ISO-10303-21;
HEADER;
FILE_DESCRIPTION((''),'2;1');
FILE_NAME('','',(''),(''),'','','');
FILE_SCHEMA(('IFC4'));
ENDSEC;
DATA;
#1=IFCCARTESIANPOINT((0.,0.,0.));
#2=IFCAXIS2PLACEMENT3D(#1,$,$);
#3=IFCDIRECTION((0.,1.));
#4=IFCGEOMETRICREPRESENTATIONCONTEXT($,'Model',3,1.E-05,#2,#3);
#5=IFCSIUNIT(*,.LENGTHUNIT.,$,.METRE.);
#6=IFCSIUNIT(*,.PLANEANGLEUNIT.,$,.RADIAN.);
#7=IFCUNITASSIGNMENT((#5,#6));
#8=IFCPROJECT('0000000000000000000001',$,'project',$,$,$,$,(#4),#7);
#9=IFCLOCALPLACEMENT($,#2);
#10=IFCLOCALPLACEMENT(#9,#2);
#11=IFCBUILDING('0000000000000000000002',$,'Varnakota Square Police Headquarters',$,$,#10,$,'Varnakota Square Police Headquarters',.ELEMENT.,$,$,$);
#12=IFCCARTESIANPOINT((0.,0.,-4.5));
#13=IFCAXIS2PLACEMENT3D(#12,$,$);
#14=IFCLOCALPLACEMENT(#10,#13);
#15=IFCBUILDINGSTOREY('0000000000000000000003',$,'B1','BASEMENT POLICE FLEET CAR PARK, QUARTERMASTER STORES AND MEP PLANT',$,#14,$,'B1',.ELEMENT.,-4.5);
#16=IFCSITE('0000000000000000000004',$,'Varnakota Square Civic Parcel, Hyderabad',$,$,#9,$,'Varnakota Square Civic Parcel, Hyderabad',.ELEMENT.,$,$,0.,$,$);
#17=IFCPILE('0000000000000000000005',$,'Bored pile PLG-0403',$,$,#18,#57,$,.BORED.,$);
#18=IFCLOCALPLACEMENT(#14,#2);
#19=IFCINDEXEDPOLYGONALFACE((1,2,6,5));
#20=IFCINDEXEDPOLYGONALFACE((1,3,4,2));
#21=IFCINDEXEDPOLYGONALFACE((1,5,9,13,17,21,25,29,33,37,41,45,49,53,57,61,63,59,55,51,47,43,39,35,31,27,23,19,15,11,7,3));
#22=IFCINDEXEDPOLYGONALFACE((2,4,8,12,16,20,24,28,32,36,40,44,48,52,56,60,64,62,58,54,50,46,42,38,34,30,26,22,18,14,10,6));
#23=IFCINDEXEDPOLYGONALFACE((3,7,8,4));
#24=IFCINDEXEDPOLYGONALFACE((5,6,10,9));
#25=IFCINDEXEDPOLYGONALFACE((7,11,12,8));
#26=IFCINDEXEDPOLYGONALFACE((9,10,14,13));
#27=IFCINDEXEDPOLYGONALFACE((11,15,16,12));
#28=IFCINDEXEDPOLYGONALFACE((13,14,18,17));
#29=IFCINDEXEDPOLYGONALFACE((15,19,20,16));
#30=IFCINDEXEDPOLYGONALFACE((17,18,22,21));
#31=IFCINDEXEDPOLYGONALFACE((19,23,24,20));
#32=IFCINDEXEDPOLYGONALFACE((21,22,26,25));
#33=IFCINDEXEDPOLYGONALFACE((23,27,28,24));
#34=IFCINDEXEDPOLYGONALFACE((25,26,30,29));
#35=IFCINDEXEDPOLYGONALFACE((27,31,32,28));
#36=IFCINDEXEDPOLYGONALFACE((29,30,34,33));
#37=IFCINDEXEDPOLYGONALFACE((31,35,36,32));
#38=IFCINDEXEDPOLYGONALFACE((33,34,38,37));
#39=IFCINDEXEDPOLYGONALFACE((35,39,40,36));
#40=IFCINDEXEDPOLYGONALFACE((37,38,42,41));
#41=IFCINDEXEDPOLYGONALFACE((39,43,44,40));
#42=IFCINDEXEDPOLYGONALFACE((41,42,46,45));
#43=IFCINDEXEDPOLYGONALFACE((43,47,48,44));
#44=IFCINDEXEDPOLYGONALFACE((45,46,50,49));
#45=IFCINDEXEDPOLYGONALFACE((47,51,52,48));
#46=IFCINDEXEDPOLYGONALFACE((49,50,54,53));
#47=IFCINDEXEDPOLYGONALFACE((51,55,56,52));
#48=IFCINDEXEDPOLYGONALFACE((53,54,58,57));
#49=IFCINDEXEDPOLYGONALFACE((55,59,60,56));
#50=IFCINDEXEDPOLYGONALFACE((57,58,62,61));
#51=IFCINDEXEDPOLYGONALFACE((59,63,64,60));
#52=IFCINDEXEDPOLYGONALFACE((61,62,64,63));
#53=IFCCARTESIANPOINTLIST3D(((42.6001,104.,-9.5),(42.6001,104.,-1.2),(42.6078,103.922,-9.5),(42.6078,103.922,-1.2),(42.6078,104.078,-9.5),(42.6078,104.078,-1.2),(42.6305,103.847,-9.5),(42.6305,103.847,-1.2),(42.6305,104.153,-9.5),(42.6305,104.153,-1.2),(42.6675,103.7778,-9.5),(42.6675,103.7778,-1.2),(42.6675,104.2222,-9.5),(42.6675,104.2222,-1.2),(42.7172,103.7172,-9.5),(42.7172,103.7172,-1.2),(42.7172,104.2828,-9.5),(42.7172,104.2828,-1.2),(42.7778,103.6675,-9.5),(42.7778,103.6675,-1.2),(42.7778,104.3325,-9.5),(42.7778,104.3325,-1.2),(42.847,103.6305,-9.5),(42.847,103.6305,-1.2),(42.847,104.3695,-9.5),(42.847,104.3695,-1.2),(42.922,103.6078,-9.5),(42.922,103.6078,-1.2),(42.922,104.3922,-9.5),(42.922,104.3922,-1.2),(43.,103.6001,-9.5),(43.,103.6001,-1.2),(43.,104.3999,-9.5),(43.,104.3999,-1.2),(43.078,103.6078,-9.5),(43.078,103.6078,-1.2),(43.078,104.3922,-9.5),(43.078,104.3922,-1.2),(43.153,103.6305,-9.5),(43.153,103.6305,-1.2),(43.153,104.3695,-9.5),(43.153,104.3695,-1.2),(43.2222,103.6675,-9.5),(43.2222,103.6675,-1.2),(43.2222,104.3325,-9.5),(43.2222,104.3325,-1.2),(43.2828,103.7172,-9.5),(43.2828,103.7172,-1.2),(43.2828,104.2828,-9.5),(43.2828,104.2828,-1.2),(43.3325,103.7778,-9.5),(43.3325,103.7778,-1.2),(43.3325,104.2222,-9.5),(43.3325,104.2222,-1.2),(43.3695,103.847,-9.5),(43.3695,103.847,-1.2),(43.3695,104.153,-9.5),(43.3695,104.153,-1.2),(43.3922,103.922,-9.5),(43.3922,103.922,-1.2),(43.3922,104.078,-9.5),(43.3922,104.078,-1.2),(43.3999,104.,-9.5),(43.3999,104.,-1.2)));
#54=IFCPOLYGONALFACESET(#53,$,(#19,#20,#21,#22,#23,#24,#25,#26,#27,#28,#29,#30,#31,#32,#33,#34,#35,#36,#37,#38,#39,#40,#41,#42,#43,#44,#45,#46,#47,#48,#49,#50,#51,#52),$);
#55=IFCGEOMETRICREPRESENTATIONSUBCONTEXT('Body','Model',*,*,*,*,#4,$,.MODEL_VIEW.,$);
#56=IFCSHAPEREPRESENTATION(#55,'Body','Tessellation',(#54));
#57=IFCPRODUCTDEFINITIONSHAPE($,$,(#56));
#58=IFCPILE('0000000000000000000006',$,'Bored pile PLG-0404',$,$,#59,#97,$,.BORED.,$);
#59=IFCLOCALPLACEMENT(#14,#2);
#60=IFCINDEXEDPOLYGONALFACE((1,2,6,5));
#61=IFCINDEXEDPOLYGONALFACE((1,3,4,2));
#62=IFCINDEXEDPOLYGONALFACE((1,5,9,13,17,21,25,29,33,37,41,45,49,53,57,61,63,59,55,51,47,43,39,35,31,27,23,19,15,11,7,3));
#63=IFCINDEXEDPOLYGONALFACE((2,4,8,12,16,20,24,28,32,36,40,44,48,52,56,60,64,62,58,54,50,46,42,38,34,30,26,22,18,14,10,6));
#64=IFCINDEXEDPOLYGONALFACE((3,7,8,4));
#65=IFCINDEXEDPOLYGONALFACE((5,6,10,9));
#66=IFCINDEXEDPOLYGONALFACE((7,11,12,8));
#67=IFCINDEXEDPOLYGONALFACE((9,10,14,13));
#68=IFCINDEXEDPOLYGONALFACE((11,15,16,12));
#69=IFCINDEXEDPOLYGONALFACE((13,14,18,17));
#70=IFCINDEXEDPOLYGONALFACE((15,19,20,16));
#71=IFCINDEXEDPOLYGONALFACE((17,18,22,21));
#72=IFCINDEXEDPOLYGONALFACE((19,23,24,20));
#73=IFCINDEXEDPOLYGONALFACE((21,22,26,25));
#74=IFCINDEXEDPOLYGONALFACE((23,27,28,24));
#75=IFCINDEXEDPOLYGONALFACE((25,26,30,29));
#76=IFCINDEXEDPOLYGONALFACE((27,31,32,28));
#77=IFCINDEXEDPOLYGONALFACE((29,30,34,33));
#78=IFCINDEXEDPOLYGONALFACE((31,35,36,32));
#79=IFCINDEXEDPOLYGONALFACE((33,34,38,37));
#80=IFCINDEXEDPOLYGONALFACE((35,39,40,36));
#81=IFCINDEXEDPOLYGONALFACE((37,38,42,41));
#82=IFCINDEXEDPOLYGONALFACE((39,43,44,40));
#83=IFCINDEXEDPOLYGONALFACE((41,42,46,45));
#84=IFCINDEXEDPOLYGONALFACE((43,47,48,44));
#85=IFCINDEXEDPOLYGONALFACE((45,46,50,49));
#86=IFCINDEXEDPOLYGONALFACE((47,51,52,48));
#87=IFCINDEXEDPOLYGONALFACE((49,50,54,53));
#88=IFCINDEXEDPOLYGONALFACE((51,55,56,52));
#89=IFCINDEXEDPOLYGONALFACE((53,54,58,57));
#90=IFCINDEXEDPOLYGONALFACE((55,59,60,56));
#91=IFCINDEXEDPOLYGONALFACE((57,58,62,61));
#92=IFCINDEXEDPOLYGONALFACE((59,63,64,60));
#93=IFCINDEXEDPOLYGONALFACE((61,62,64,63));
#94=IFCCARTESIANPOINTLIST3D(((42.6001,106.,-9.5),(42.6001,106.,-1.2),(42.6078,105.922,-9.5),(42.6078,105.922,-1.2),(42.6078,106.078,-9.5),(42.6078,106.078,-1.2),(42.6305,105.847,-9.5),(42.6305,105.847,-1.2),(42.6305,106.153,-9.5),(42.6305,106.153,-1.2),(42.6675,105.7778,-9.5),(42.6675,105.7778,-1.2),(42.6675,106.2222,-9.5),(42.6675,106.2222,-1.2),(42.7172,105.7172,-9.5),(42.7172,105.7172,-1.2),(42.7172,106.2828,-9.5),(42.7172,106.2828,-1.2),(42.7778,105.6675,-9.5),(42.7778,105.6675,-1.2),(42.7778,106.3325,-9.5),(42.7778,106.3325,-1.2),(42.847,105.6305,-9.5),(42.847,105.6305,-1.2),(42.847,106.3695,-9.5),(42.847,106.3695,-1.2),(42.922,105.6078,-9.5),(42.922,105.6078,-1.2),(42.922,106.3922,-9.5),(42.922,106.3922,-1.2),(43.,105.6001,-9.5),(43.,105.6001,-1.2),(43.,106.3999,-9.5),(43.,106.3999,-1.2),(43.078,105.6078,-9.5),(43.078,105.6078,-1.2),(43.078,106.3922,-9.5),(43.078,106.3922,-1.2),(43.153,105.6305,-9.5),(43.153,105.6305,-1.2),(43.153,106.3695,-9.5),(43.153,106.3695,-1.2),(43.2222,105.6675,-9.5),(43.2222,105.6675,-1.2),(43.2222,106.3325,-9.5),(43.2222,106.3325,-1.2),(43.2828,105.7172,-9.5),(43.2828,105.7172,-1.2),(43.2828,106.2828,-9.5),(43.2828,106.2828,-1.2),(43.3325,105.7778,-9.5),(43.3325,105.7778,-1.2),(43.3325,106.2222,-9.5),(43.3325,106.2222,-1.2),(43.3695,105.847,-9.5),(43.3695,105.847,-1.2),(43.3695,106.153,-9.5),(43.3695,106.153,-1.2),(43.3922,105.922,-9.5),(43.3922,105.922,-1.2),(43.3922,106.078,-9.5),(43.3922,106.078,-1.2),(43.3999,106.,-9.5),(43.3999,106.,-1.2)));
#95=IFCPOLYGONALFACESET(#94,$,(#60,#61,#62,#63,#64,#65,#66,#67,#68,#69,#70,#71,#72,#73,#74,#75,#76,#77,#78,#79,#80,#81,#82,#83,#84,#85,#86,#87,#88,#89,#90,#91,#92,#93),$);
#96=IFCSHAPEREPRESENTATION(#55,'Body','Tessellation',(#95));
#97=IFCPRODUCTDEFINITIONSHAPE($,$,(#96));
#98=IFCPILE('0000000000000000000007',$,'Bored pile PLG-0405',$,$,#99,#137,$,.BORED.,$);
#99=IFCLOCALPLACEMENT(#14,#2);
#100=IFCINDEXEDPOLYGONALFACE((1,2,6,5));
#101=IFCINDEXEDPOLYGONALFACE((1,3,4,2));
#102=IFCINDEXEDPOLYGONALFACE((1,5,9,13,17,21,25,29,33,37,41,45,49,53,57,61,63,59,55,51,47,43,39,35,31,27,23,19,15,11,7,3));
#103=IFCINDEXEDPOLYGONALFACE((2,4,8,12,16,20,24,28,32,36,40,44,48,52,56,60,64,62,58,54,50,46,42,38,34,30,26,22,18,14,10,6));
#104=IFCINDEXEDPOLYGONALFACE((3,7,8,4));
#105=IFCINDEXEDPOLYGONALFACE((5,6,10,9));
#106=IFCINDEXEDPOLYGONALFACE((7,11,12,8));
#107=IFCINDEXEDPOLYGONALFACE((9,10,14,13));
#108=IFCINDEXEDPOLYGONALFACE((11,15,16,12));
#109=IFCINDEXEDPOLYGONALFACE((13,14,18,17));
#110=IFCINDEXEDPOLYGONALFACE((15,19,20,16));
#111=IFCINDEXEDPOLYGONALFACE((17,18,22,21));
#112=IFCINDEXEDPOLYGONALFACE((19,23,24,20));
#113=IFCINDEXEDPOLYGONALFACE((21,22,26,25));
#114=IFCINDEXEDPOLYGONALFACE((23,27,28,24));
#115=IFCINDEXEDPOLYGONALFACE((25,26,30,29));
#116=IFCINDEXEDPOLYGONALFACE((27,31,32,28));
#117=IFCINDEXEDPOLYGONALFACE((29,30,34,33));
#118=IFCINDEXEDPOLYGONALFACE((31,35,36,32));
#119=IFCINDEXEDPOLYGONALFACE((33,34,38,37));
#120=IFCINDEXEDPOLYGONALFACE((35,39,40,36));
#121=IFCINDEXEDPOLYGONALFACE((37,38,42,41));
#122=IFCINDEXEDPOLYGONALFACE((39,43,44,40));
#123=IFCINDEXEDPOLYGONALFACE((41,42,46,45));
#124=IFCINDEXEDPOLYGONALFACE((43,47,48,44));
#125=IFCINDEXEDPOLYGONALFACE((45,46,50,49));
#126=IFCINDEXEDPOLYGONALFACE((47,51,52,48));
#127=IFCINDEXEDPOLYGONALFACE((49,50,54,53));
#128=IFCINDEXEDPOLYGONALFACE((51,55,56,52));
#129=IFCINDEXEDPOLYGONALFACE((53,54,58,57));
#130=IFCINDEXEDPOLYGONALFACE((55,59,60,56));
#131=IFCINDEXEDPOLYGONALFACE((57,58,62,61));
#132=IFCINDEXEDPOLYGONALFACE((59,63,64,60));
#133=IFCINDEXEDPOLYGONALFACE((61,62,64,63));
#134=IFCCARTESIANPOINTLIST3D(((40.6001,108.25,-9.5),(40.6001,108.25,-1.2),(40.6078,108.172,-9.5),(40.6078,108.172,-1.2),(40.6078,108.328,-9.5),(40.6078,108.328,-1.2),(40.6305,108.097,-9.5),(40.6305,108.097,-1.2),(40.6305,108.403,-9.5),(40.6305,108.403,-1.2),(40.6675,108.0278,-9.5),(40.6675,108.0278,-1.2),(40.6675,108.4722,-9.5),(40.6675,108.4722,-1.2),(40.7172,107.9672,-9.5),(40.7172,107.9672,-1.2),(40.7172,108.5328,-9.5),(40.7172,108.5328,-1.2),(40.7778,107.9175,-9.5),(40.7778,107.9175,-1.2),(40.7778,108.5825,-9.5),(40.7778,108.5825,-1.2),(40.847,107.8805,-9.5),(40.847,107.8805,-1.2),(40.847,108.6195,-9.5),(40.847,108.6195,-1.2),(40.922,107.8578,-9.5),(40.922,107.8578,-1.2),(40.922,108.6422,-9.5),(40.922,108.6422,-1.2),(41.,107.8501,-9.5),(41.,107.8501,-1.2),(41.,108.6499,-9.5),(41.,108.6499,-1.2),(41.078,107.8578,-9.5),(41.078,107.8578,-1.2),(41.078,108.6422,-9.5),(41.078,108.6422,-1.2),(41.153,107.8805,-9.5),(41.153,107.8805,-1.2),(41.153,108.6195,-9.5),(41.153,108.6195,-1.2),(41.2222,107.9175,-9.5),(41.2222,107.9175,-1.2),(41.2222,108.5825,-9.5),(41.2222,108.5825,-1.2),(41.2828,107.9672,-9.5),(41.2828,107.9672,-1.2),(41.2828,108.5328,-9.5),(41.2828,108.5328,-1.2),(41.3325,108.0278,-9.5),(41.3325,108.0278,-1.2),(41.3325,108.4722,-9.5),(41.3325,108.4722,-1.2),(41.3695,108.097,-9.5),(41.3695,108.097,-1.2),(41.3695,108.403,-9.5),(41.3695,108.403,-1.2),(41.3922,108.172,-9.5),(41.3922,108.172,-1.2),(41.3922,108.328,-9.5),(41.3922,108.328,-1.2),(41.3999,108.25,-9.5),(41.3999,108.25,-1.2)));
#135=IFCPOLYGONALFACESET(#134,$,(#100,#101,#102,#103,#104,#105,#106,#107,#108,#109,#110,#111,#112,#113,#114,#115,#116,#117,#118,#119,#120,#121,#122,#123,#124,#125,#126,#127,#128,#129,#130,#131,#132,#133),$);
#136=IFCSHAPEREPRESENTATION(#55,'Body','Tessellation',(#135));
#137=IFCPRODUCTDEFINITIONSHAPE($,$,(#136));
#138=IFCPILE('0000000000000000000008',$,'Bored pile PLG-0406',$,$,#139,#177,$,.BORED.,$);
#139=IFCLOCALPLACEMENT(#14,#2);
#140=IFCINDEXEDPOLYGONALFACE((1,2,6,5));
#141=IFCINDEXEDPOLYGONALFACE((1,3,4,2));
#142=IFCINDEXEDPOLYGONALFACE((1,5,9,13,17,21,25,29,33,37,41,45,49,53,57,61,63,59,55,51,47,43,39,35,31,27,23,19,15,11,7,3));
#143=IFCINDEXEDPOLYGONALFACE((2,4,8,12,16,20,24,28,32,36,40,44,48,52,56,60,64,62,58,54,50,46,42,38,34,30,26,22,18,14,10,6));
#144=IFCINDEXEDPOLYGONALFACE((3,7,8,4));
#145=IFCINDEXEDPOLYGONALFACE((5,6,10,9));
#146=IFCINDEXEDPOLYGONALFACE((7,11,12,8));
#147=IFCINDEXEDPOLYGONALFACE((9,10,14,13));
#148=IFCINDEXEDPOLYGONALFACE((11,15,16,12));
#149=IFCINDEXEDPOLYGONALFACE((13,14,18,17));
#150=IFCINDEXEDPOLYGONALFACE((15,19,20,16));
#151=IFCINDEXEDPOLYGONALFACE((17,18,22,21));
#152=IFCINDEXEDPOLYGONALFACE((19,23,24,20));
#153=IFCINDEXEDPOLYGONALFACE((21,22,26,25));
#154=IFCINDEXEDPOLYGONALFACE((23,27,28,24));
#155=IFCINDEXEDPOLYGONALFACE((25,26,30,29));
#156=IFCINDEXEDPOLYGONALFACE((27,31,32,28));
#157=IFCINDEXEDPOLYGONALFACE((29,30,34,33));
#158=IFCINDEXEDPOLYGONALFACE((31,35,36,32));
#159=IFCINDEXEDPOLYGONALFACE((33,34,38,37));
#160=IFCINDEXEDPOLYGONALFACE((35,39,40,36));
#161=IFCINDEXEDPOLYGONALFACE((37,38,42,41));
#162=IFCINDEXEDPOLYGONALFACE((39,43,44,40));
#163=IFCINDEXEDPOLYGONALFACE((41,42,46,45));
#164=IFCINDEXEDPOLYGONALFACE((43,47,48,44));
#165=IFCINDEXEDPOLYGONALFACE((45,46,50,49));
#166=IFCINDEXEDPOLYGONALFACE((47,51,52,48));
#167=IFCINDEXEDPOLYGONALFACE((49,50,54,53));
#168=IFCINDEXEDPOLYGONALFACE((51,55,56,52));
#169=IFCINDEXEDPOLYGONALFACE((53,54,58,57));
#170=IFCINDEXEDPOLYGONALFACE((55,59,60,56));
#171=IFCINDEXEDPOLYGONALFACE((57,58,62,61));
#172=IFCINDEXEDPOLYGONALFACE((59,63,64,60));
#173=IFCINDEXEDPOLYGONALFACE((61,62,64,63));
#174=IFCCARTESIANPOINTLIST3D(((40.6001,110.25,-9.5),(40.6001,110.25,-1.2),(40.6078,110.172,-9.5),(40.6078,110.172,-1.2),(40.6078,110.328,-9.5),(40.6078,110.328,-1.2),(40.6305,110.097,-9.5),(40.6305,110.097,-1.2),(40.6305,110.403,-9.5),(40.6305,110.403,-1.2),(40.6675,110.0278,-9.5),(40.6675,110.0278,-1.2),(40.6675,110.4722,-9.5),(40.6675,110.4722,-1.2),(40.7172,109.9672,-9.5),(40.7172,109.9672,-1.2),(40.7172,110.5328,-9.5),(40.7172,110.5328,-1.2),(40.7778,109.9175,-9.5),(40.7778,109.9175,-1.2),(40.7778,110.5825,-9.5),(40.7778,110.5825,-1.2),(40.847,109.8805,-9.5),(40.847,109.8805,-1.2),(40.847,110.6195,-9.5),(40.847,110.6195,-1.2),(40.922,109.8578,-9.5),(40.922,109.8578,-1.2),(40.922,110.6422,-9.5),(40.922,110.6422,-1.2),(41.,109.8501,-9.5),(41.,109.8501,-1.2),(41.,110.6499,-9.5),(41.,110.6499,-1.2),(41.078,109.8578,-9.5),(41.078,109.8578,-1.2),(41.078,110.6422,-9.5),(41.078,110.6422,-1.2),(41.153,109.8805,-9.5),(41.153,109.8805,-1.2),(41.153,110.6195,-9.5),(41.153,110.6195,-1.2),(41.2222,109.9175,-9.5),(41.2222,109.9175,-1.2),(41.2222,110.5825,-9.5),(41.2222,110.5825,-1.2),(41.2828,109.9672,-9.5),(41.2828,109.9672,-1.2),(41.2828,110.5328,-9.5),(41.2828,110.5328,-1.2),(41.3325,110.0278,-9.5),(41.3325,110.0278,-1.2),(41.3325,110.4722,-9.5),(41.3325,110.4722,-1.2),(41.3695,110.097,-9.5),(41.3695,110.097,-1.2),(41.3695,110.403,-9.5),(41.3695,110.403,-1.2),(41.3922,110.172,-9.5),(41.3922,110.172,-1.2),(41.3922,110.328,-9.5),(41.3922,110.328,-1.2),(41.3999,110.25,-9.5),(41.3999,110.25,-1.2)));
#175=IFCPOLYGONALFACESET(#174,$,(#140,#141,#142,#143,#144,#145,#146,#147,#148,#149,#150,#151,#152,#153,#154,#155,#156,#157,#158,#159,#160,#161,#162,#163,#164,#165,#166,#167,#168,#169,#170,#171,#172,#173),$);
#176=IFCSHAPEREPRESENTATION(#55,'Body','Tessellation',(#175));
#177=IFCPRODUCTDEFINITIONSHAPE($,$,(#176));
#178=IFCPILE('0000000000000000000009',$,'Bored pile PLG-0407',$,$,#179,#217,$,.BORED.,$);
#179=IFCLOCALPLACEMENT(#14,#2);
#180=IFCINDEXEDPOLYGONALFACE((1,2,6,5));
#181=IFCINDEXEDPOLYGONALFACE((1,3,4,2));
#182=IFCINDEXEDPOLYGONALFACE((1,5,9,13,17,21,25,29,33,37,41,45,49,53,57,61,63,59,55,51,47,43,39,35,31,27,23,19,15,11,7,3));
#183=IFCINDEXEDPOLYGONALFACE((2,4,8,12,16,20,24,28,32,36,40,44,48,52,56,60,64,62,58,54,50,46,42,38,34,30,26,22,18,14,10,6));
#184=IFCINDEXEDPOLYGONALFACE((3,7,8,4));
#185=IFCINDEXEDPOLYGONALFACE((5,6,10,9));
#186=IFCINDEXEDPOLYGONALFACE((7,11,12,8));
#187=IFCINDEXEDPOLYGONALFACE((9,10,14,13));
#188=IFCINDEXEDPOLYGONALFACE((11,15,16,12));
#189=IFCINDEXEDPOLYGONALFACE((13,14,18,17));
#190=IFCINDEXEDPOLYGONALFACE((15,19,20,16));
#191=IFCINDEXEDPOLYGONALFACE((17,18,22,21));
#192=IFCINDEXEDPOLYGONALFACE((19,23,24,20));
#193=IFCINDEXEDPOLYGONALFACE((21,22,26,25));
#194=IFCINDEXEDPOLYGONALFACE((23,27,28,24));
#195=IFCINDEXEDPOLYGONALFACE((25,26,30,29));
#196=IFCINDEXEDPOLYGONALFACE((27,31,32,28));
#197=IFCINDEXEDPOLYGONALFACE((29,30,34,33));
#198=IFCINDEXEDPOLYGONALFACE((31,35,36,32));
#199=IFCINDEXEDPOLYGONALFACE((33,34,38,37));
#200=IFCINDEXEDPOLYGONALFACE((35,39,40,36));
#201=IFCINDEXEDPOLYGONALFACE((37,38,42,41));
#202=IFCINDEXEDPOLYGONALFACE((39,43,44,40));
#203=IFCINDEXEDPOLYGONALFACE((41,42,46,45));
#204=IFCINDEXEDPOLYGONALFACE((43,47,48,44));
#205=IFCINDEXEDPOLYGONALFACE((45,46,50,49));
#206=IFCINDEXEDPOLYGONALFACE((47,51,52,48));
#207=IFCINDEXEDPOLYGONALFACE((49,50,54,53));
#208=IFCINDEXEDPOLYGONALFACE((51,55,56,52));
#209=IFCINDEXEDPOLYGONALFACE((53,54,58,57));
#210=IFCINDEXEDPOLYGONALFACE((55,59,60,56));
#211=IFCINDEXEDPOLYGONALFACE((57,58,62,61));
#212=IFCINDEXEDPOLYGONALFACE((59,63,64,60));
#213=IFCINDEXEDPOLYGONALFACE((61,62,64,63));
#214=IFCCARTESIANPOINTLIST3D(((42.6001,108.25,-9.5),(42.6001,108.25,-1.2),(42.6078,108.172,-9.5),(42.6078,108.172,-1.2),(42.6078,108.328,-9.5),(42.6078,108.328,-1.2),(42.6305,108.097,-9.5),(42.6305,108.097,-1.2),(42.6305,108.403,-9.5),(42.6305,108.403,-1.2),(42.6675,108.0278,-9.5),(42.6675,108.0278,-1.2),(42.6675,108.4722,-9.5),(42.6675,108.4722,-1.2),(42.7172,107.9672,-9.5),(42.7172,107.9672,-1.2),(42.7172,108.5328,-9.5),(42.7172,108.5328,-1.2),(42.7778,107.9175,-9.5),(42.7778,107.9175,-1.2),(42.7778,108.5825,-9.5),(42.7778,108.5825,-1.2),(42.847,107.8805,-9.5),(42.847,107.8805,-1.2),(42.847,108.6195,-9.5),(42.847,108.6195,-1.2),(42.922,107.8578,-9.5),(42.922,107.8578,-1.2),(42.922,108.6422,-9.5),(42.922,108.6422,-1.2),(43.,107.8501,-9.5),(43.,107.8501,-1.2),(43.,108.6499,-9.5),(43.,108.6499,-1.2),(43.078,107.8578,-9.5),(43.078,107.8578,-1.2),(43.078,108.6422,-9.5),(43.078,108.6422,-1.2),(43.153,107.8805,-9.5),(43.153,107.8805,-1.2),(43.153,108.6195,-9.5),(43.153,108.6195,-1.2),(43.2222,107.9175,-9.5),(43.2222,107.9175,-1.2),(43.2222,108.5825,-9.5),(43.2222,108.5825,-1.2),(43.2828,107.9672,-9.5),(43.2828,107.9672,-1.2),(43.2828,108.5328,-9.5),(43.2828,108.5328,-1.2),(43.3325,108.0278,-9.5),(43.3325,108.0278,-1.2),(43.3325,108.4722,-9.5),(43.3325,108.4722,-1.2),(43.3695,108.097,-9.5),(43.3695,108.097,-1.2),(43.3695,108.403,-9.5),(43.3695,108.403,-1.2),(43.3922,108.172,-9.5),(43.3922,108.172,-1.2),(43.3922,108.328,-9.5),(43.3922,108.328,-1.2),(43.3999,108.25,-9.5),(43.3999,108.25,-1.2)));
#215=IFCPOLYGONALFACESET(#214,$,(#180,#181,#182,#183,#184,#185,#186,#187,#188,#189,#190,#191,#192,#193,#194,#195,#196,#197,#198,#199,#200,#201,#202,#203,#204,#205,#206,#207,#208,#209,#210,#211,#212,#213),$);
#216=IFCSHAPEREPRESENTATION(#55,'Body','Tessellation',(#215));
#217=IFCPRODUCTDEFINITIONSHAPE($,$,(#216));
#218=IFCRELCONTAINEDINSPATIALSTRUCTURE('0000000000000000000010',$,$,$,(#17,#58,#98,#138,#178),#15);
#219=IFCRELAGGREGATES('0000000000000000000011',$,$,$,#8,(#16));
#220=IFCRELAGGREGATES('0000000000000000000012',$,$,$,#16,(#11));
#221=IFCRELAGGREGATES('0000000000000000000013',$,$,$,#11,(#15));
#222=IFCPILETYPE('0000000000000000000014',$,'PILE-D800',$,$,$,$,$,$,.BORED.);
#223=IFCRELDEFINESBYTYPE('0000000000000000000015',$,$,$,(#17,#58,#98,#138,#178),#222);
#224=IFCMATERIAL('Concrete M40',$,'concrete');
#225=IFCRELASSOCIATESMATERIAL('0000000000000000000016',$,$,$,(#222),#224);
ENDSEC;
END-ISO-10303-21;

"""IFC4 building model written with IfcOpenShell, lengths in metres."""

from ifc_helpers import new_model, si_unit, direction, frame, origin, origin_2d, place, context, subcontext, project, spatial, circle, extrude, material, material_profile, profile_set, type_object, element, save


model = new_model("IFC4")

# Units and contexts
model_context = context("Model", 3, precision=1e-05, world=origin(), true_north=direction((0.0, 1.0)))
body_context = subcontext(model_context, "Body", "Model", "MODEL_VIEW")
ifc_project = project(units=[si_unit("LENGTHUNIT", "METRE"), si_unit("PLANEANGLEUNIT", "RADIAN")], contexts=[model_context])

# Site, building, storey
site_placement = place(None, origin())
site = spatial("IfcSite", under=ifc_project, at=site_placement, Name="Varnakota Square Civic Parcel, Hyderabad", LongName="Varnakota Square Civic Parcel, Hyderabad", CompositionType="ELEMENT", RefElevation=0.0)
building_placement = place(site_placement, origin())
building = spatial("IfcBuilding", under=site, at=building_placement, Name="Varnakota Square Police Headquarters", LongName="Varnakota Square Police Headquarters", CompositionType="ELEMENT")
storey_placement = place(building_placement, frame((0.0, 0.0, -4.5)))
storey = spatial("IfcBuildingStorey", under=building, at=storey_placement, Name="B1", Description="BASEMENT POLICE FLEET CAR PARK, QUARTERMASTER STORES AND MEP PLANT", LongName="B1", CompositionType="ELEMENT", Elevation=-4.5)

# Shared definitions
ifc_material_1 = material(Name="Concrete M40", Category="concrete")

# Piles
ifc_material_profile_1 = material_profile(ifc_material_1, circle(Radius=0.3999, at=origin_2d()), Name="BORED PILE 800")
ifc_profile_set_1 = profile_set([ifc_material_profile_1], Name="Concrete M40")
pile_type = type_object("IfcPileType", Name="PILE-D800", PredefinedType="BORED", material=ifc_profile_set_1)
for number, where, z_axis, x_axis, name in (
    (1, (43.0, 104.0, -1.2), (0.0, 0.0, -1.0), (1.0, 0.0, 0.0), "Bored pile PLG-0403"),
    (2, (43.0, 106.0, -1.2), (0.0, 0.0, -1.0), (1.0, 0.0, 0.0), "Bored pile PLG-0404"),
    (3, (41.0, 108.25, -1.2), (0.0, 0.0, -1.0), (1.0, 0.0, 0.0), "Bored pile PLG-0405"),
    (4, (41.0, 110.25, -1.2), (0.0, 0.0, -1.0), (1.0, 0.0, 0.0), "Bored pile PLG-0406"),
    (5, (43.0, 108.25, -1.2), (0.0, 0.0, -1.0), (1.0, 0.0, 0.0), "Bored pile PLG-0407"),
):
    element("IfcPile", number, at=place(storey_placement, frame(where, z_axis=z_axis, x_axis=x_axis)), inside=storey, type_object=pile_type, Name=name, PredefinedType="BORED", context=body_context, shape_type="SweptSolid", body=[
        extrude(circle(Radius=0.3999, at=origin_2d()), origin(), (0.0, 0.0, 1.0), 8.3),
    ])

save(model, "model.ifc")
